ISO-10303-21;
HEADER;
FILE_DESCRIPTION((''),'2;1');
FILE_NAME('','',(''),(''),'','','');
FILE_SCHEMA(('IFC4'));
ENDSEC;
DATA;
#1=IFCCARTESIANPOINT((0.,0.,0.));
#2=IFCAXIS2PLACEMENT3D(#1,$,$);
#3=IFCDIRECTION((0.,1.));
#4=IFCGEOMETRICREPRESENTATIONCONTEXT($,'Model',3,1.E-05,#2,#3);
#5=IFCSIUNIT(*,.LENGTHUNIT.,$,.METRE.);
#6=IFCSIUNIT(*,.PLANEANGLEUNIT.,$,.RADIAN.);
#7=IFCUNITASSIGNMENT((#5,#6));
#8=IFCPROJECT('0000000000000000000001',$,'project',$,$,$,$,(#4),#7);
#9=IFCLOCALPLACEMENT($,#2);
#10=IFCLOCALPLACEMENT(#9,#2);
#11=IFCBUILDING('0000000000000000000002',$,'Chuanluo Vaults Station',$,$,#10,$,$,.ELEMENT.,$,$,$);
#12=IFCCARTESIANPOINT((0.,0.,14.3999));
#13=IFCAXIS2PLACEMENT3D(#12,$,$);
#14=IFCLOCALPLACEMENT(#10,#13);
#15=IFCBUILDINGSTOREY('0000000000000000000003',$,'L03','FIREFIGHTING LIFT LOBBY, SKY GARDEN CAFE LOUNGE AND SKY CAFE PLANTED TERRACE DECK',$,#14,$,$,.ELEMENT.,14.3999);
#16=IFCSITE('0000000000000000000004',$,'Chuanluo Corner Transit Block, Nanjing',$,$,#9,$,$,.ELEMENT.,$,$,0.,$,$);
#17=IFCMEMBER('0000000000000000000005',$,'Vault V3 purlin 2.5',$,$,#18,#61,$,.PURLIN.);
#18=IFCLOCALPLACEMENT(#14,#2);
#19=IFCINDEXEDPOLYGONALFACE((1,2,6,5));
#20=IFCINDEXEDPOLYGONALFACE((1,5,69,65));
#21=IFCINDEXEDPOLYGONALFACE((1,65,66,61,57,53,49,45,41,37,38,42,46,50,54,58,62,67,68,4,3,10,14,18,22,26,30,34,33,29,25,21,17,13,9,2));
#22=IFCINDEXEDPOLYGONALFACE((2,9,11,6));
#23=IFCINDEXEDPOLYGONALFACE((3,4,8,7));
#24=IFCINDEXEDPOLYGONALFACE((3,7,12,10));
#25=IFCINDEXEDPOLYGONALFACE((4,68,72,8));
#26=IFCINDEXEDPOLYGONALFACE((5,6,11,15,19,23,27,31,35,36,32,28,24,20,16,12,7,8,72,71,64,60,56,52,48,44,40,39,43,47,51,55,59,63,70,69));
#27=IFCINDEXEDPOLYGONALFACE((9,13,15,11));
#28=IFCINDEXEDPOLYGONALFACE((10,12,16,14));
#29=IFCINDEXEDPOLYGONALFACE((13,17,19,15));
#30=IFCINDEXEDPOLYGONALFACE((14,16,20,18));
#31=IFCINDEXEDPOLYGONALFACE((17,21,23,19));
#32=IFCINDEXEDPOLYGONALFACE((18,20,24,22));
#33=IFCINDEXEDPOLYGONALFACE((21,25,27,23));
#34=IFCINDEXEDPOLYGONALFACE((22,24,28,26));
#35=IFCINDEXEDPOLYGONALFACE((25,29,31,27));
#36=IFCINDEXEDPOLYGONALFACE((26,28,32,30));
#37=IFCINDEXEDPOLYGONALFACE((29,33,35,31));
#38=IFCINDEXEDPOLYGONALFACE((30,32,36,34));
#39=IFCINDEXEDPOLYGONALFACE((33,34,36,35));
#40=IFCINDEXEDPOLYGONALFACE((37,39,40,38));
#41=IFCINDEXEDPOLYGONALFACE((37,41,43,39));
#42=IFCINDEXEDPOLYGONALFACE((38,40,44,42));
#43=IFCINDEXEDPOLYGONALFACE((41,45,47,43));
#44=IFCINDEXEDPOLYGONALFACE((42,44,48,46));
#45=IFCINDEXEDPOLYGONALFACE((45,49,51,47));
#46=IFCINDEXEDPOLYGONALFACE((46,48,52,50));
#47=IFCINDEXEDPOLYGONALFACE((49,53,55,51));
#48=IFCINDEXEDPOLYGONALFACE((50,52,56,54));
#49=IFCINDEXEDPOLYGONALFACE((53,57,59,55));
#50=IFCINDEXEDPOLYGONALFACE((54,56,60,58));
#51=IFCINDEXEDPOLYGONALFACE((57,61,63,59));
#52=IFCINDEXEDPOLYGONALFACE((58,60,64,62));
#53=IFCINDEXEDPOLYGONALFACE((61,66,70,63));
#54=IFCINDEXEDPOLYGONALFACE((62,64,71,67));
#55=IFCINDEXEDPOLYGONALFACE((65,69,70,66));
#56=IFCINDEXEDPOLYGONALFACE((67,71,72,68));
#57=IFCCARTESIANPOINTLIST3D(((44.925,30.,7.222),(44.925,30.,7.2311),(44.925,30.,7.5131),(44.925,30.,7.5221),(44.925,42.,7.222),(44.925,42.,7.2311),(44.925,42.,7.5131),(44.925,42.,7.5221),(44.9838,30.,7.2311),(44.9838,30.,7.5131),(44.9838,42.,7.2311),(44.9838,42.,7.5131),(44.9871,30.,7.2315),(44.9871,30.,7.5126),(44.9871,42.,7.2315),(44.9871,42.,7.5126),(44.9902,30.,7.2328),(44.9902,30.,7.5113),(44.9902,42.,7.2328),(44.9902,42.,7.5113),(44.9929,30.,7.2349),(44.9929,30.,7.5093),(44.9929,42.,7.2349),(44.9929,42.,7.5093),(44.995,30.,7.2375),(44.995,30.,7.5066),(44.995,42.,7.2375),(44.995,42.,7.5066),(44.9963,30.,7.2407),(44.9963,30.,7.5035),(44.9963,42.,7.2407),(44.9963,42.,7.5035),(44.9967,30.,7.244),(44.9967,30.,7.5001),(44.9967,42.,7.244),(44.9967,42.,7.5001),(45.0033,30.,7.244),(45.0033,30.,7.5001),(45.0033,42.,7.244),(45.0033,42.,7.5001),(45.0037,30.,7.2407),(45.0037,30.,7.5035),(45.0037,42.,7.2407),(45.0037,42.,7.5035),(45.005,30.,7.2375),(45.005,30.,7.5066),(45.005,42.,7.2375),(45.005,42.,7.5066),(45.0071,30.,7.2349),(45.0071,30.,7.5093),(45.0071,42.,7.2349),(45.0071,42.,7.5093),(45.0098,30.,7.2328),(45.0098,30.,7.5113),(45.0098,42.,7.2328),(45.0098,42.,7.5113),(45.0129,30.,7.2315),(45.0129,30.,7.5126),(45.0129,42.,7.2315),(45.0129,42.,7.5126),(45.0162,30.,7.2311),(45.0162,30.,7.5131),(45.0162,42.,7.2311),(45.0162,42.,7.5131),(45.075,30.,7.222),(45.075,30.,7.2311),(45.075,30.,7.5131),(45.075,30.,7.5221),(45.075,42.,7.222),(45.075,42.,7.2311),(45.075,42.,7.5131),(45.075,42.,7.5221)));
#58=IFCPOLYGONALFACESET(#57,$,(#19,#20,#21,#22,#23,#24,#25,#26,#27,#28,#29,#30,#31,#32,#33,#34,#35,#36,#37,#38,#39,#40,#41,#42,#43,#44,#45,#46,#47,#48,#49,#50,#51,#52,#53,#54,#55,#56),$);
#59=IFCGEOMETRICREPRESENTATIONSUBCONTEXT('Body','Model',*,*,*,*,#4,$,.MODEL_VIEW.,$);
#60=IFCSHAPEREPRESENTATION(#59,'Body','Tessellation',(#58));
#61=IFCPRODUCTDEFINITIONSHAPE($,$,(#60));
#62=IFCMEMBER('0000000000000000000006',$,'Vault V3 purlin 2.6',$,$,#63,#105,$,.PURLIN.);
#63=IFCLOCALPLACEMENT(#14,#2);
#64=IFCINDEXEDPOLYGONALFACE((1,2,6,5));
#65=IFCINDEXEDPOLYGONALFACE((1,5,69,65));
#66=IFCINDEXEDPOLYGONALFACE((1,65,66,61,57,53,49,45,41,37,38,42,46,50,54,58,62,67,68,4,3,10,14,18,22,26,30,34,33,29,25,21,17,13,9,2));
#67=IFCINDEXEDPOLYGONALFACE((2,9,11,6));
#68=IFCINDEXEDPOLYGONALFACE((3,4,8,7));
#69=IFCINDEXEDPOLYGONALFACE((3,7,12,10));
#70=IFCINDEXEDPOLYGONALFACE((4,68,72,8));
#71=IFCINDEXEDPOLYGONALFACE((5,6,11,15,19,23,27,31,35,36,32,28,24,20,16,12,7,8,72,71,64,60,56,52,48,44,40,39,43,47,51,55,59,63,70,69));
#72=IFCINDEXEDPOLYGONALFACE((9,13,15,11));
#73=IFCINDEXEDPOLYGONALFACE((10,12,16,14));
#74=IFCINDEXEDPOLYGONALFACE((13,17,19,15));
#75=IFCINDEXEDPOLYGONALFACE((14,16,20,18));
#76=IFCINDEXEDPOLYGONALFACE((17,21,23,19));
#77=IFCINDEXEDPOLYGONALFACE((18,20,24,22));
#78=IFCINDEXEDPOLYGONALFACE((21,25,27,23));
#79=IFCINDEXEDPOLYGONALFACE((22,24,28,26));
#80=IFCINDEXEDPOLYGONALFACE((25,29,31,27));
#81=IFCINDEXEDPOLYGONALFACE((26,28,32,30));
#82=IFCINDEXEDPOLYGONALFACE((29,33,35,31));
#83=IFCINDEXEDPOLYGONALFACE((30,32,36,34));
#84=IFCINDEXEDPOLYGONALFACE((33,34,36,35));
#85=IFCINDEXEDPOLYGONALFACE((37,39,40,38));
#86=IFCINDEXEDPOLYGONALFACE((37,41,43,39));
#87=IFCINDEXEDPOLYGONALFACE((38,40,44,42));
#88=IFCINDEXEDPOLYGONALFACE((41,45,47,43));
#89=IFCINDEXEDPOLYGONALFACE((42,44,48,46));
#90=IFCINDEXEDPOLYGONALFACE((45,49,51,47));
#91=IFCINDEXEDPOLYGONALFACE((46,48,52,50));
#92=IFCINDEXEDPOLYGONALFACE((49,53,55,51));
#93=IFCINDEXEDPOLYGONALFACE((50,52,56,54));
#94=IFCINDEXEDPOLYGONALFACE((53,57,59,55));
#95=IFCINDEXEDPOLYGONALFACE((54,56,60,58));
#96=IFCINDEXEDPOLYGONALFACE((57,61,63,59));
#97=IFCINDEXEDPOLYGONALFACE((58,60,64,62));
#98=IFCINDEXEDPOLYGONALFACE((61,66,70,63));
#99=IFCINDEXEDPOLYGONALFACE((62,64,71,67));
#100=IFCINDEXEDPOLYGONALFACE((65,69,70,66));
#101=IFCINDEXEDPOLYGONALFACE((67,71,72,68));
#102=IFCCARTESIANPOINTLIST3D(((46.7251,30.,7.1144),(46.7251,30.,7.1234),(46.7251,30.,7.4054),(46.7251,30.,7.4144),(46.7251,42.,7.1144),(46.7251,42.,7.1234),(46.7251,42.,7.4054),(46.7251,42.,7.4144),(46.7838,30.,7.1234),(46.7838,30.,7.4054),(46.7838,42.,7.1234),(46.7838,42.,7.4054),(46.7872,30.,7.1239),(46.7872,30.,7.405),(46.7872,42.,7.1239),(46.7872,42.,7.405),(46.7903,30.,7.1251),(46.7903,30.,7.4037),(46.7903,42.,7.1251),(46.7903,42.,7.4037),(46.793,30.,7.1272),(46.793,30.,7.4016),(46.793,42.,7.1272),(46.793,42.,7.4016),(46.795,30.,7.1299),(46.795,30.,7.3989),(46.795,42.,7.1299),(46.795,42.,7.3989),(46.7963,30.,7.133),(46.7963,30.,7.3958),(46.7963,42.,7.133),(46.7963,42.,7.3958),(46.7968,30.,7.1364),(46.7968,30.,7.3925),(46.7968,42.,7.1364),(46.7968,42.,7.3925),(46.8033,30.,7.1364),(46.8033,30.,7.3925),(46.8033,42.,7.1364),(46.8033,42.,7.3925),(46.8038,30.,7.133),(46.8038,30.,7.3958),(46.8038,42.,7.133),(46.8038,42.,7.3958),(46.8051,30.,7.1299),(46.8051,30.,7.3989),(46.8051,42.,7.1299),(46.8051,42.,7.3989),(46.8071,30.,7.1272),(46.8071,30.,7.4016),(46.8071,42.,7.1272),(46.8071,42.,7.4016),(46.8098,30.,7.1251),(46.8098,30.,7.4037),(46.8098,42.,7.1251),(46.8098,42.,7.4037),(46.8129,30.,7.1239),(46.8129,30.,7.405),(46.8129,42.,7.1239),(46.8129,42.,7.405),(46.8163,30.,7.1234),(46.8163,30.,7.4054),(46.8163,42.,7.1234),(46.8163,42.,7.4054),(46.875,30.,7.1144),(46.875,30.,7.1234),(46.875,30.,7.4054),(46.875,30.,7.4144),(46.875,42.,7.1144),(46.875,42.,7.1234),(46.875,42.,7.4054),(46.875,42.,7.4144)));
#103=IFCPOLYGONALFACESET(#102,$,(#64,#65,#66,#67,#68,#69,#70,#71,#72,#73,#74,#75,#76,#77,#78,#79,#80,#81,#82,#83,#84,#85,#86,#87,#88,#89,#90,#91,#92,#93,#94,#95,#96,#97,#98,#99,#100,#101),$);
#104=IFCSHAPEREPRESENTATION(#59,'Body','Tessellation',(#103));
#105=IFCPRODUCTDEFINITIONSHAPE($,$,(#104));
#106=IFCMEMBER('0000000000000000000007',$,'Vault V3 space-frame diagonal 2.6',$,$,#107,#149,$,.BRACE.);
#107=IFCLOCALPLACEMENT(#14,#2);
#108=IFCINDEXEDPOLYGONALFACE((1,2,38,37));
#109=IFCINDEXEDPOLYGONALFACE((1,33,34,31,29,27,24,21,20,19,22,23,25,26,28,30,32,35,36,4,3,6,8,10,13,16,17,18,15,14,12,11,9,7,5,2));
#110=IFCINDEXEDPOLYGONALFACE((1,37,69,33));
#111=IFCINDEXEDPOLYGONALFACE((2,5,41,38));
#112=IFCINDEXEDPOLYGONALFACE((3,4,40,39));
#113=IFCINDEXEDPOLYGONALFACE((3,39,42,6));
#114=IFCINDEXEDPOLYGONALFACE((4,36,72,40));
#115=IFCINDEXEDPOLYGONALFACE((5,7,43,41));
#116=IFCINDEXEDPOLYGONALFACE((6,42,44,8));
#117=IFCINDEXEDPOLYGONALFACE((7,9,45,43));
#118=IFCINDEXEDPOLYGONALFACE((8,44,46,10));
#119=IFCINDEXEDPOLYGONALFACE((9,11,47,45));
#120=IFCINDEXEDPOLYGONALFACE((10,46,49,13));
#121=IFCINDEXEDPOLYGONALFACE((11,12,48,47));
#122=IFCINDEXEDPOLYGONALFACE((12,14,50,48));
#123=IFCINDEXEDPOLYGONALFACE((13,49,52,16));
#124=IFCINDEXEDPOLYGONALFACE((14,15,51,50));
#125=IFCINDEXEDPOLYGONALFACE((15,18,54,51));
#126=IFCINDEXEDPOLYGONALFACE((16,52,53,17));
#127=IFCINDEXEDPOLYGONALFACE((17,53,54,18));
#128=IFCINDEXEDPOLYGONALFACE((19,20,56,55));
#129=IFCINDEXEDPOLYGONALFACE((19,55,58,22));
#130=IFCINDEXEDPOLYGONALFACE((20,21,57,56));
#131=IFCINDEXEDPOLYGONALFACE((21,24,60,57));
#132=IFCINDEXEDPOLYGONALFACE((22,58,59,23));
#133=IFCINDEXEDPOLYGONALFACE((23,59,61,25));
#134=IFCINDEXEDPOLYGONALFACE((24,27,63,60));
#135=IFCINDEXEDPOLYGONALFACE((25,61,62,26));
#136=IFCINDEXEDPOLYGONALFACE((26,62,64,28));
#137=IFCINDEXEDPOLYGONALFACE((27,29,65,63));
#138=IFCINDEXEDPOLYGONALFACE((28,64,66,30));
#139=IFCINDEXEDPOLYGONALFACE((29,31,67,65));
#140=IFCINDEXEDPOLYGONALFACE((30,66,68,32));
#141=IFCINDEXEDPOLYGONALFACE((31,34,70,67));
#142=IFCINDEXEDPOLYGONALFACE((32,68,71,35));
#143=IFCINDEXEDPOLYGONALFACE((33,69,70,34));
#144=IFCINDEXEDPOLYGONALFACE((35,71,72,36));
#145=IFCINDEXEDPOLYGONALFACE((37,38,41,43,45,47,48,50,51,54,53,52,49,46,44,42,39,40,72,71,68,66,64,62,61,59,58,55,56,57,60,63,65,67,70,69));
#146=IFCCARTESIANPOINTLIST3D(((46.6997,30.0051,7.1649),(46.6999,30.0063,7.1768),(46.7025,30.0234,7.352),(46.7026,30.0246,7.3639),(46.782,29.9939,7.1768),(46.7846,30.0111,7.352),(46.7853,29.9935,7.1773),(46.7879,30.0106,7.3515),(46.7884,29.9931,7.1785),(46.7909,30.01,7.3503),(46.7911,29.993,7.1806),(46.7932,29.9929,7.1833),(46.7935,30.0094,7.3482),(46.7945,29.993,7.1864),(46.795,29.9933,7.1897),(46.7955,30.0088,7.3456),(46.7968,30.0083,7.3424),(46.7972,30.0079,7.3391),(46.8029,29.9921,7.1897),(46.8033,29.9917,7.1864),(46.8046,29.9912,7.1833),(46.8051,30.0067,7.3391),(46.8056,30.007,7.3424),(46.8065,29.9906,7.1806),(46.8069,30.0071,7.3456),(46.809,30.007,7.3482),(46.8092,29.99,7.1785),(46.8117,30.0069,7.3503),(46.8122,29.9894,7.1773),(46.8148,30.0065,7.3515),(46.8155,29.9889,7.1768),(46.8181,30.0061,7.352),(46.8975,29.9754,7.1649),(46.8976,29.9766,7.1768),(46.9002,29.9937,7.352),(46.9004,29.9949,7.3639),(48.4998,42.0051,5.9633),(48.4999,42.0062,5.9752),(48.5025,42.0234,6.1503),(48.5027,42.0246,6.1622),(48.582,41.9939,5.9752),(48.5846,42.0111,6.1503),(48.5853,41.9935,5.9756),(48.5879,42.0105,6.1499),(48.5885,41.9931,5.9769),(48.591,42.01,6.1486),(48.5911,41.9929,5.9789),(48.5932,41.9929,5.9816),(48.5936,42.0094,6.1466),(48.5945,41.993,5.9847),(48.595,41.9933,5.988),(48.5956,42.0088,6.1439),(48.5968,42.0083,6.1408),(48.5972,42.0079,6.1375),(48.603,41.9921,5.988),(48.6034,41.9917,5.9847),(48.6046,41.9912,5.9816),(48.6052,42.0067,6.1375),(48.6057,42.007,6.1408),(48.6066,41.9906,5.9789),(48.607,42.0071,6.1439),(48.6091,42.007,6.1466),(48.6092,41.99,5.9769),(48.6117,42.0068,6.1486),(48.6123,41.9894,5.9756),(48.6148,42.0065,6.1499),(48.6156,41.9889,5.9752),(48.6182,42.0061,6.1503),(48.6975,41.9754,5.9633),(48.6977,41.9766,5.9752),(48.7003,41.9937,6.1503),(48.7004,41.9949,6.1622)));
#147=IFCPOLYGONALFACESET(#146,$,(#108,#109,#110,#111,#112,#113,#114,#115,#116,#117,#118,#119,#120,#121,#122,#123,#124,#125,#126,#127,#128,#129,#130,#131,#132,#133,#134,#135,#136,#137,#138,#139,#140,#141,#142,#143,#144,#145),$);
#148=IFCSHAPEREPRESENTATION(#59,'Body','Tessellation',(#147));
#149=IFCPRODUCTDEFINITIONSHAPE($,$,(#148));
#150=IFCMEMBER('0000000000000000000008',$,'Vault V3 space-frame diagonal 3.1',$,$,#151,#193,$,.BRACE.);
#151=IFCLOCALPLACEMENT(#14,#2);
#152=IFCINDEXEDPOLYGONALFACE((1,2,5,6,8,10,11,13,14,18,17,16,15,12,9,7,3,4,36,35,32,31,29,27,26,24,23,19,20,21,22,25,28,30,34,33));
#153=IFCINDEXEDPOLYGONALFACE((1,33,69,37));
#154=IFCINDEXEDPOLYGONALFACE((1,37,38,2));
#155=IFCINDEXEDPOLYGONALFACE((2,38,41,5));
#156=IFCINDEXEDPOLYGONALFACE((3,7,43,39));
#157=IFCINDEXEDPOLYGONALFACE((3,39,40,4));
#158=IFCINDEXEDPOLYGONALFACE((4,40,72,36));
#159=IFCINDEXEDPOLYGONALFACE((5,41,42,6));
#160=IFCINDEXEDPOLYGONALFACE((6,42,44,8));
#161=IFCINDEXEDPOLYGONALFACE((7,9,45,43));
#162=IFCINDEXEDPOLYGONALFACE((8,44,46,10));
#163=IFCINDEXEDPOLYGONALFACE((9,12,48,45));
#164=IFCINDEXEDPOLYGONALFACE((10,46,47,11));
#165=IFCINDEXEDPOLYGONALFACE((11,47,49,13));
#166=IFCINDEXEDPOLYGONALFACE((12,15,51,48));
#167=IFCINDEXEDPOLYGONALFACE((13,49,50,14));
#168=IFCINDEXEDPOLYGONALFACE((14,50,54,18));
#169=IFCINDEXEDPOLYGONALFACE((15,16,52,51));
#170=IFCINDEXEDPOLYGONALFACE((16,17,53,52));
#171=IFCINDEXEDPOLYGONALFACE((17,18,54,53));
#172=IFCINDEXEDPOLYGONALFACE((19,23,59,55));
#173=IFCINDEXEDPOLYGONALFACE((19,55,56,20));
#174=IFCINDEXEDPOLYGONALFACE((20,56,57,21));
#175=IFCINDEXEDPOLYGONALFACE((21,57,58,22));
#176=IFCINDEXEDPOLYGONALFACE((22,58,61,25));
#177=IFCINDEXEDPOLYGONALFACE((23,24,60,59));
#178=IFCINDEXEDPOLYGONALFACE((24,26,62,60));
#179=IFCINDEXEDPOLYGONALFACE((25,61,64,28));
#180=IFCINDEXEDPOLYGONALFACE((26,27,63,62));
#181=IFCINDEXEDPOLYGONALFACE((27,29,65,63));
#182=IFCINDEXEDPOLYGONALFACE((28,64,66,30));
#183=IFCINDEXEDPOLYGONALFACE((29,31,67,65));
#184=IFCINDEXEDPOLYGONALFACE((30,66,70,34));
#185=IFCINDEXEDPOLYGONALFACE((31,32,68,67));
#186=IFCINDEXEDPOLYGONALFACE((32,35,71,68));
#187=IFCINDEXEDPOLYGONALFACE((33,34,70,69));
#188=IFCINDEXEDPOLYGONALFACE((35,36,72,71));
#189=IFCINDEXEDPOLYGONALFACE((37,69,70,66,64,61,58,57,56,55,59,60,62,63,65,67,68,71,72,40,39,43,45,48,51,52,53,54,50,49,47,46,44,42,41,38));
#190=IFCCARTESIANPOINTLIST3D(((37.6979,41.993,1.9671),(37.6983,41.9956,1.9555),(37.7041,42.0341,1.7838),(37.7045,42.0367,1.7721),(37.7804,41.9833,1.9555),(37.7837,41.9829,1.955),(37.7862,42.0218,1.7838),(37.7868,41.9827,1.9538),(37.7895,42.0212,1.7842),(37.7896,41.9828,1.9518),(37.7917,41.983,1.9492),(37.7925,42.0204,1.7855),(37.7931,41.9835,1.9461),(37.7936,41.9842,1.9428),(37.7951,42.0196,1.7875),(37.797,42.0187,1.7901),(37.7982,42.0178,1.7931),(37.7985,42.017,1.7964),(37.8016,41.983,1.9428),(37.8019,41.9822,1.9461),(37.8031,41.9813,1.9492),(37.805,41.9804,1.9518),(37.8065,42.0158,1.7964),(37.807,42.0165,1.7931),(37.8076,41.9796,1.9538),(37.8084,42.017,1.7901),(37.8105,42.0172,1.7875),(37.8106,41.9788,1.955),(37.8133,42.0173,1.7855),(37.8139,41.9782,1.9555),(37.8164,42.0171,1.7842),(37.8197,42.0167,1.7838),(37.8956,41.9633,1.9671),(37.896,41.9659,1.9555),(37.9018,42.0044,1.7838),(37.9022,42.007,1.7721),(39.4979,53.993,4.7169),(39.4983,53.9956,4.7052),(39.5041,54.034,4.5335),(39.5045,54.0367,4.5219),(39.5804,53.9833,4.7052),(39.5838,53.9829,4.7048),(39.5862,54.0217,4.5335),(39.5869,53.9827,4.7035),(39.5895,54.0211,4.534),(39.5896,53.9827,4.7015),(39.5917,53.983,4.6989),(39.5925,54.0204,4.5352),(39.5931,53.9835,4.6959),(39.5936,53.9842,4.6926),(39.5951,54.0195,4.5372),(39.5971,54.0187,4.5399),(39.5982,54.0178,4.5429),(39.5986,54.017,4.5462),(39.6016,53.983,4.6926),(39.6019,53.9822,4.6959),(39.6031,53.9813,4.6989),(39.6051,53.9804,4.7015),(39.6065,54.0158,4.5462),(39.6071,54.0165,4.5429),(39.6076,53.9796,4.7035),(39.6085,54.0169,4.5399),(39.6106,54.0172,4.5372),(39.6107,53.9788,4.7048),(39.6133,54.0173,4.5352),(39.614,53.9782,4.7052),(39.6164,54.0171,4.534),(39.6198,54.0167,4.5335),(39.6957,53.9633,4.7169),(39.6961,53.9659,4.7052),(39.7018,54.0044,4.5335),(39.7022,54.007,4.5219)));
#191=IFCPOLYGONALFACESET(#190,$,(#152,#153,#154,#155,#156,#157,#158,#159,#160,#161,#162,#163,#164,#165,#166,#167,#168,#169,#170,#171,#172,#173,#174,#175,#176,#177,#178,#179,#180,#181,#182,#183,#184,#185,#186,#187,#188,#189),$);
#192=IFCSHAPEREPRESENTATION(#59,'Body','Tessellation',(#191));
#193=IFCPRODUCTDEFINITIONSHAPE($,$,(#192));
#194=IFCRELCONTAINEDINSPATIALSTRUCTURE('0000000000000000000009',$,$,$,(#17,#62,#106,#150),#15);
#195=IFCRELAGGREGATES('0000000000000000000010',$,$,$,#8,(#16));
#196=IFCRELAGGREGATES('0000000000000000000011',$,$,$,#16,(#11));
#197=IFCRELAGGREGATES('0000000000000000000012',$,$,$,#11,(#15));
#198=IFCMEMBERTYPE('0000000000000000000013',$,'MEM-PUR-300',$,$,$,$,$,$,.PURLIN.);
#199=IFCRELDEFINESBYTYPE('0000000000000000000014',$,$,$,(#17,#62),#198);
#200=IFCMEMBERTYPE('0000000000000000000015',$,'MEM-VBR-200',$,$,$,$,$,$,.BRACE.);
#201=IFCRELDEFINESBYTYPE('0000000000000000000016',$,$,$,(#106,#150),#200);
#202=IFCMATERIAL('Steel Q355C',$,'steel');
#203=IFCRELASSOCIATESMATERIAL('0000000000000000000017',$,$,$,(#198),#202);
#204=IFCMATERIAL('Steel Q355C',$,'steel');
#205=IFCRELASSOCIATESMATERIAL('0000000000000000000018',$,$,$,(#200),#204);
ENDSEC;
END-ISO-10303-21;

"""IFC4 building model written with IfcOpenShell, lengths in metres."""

from ifc_helpers import new_model, si_unit, direction, frame, origin, origin_2d, place, context, subcontext, project, spatial, i_section, extrude, material, material_profile, profile_set, type_object, element, save


model = new_model("IFC4")

# Units and contexts
model_context = context("Model", 3, precision=1e-05, world=origin(), true_north=direction((0.0, 1.0)))
body_context = subcontext(model_context, "Body", "Model", "MODEL_VIEW")
ifc_project = project(units=[si_unit("LENGTHUNIT", "METRE"), si_unit("PLANEANGLEUNIT", "RADIAN")], contexts=[model_context])

# Site, building, storey
site_placement = place(None, origin())
site = spatial("IfcSite", under=ifc_project, at=site_placement, Name="Chuanluo Corner Transit Block, Nanjing", CompositionType="ELEMENT", RefElevation=0.0)
building_placement = place(site_placement, origin())
building = spatial("IfcBuilding", under=site, at=building_placement, Name="Chuanluo Vaults Station", CompositionType="ELEMENT")
storey_placement = place(building_placement, frame((0.0, 0.0, 14.3999)))
storey = spatial("IfcBuildingStorey", under=building, at=storey_placement, Name="L03", Description="FIREFIGHTING LIFT LOBBY, SKY GARDEN CAFE LOUNGE AND SKY CAFE PLANTED TERRACE DECK", CompositionType="ELEMENT", Elevation=14.3999)

# Members
ifc_material_1 = material(Name="Steel Q355C", Category="steel")
ifc_material_profile_1 = material_profile(ifc_material_1, i_section(OverallWidth=0.1499, OverallDepth=0.3, WebThickness=0.0066, FlangeThickness=0.009, FilletRadius=0.0129, at=origin_2d()))
ifc_profile_set_1 = profile_set([ifc_material_profile_1], Name="Steel Q355C")
member_type_1 = type_object("IfcMemberType", Name="MEM-PUR-300", PredefinedType="PURLIN", material=ifc_profile_set_1)
for number, where, z_axis, x_axis, name in (
    (1, (45.0, 30.0, 7.3721), (0.0, 1.0, 0.0), (-1.0, 0.0, 0.0), "Vault V3 purlin 2.5"),
    (2, (46.8, 30.0, 7.2644), (0.0, 1.0, 0.0), (-1.0, 0.0, 0.0), "Vault V3 purlin 2.6"),
):
    element("IfcMember", number, at=place(storey_placement, frame(where, z_axis=z_axis, x_axis=x_axis)), inside=storey, type_object=member_type_1, Name=name, PredefinedType="PURLIN", context=body_context, shape_type="SweptSolid", body=[
        extrude(i_section(OverallWidth=0.1499, OverallDepth=0.3, WebThickness=0.0066, FlangeThickness=0.009, FilletRadius=0.0129, at=origin_2d()), origin(), (0.0, 0.0, 1.0), 12.0),
    ])
ifc_material_2 = material(Name="Steel Q355C", Category="steel")
ifc_material_profile_2 = material_profile(ifc_material_2, i_section(OverallWidth=0.2, OverallDepth=0.2, WebThickness=0.0081, FlangeThickness=0.012, FilletRadius=0.0129, at=origin_2d()))
ifc_profile_set_2 = profile_set([ifc_material_profile_2], Name="Steel Q355C")
member_type_2 = type_object("IfcMemberType", Name="MEM-VBR-200", PredefinedType="BRACE", material=ifc_profile_set_2)
member_1_placement = place(storey_placement, frame((46.8, 30.0, 7.2644), z_axis=(0.147622, 0.984122, -0.098548), x_axis=(-0.988936, 0.148344, 0.0)))
element("IfcMember", 3, at=member_1_placement, inside=storey, type_object=member_type_2, Name="Vault V3 space-frame diagonal 2.6", PredefinedType="BRACE", context=body_context, shape_type="SweptSolid", body=[
    extrude(i_section(OverallWidth=0.2, OverallDepth=0.2, WebThickness=0.0081, FlangeThickness=0.012, FilletRadius=0.0129, at=origin_2d()), origin(), (0.0, 0.0, 1.0), 12.1936),
])
member_2_placement = place(storey_placement, frame((37.8, 42.0, 1.8696), z_axis=(0.144676, 0.964481, 0.221007), x_axis=(-0.988936, 0.148344, 0.0)))
element("IfcMember", 4, at=member_2_placement, inside=storey, type_object=member_type_2, Name="Vault V3 space-frame diagonal 3.1", PredefinedType="BRACE", context=body_context, shape_type="SweptSolid", body=[
    extrude(i_section(OverallWidth=0.2, OverallDepth=0.2, WebThickness=0.0081, FlangeThickness=0.012, FilletRadius=0.0129, at=origin_2d()), origin(), (0.0, 0.0, 1.0), 12.4419),
])

save(model, "model.ifc")
